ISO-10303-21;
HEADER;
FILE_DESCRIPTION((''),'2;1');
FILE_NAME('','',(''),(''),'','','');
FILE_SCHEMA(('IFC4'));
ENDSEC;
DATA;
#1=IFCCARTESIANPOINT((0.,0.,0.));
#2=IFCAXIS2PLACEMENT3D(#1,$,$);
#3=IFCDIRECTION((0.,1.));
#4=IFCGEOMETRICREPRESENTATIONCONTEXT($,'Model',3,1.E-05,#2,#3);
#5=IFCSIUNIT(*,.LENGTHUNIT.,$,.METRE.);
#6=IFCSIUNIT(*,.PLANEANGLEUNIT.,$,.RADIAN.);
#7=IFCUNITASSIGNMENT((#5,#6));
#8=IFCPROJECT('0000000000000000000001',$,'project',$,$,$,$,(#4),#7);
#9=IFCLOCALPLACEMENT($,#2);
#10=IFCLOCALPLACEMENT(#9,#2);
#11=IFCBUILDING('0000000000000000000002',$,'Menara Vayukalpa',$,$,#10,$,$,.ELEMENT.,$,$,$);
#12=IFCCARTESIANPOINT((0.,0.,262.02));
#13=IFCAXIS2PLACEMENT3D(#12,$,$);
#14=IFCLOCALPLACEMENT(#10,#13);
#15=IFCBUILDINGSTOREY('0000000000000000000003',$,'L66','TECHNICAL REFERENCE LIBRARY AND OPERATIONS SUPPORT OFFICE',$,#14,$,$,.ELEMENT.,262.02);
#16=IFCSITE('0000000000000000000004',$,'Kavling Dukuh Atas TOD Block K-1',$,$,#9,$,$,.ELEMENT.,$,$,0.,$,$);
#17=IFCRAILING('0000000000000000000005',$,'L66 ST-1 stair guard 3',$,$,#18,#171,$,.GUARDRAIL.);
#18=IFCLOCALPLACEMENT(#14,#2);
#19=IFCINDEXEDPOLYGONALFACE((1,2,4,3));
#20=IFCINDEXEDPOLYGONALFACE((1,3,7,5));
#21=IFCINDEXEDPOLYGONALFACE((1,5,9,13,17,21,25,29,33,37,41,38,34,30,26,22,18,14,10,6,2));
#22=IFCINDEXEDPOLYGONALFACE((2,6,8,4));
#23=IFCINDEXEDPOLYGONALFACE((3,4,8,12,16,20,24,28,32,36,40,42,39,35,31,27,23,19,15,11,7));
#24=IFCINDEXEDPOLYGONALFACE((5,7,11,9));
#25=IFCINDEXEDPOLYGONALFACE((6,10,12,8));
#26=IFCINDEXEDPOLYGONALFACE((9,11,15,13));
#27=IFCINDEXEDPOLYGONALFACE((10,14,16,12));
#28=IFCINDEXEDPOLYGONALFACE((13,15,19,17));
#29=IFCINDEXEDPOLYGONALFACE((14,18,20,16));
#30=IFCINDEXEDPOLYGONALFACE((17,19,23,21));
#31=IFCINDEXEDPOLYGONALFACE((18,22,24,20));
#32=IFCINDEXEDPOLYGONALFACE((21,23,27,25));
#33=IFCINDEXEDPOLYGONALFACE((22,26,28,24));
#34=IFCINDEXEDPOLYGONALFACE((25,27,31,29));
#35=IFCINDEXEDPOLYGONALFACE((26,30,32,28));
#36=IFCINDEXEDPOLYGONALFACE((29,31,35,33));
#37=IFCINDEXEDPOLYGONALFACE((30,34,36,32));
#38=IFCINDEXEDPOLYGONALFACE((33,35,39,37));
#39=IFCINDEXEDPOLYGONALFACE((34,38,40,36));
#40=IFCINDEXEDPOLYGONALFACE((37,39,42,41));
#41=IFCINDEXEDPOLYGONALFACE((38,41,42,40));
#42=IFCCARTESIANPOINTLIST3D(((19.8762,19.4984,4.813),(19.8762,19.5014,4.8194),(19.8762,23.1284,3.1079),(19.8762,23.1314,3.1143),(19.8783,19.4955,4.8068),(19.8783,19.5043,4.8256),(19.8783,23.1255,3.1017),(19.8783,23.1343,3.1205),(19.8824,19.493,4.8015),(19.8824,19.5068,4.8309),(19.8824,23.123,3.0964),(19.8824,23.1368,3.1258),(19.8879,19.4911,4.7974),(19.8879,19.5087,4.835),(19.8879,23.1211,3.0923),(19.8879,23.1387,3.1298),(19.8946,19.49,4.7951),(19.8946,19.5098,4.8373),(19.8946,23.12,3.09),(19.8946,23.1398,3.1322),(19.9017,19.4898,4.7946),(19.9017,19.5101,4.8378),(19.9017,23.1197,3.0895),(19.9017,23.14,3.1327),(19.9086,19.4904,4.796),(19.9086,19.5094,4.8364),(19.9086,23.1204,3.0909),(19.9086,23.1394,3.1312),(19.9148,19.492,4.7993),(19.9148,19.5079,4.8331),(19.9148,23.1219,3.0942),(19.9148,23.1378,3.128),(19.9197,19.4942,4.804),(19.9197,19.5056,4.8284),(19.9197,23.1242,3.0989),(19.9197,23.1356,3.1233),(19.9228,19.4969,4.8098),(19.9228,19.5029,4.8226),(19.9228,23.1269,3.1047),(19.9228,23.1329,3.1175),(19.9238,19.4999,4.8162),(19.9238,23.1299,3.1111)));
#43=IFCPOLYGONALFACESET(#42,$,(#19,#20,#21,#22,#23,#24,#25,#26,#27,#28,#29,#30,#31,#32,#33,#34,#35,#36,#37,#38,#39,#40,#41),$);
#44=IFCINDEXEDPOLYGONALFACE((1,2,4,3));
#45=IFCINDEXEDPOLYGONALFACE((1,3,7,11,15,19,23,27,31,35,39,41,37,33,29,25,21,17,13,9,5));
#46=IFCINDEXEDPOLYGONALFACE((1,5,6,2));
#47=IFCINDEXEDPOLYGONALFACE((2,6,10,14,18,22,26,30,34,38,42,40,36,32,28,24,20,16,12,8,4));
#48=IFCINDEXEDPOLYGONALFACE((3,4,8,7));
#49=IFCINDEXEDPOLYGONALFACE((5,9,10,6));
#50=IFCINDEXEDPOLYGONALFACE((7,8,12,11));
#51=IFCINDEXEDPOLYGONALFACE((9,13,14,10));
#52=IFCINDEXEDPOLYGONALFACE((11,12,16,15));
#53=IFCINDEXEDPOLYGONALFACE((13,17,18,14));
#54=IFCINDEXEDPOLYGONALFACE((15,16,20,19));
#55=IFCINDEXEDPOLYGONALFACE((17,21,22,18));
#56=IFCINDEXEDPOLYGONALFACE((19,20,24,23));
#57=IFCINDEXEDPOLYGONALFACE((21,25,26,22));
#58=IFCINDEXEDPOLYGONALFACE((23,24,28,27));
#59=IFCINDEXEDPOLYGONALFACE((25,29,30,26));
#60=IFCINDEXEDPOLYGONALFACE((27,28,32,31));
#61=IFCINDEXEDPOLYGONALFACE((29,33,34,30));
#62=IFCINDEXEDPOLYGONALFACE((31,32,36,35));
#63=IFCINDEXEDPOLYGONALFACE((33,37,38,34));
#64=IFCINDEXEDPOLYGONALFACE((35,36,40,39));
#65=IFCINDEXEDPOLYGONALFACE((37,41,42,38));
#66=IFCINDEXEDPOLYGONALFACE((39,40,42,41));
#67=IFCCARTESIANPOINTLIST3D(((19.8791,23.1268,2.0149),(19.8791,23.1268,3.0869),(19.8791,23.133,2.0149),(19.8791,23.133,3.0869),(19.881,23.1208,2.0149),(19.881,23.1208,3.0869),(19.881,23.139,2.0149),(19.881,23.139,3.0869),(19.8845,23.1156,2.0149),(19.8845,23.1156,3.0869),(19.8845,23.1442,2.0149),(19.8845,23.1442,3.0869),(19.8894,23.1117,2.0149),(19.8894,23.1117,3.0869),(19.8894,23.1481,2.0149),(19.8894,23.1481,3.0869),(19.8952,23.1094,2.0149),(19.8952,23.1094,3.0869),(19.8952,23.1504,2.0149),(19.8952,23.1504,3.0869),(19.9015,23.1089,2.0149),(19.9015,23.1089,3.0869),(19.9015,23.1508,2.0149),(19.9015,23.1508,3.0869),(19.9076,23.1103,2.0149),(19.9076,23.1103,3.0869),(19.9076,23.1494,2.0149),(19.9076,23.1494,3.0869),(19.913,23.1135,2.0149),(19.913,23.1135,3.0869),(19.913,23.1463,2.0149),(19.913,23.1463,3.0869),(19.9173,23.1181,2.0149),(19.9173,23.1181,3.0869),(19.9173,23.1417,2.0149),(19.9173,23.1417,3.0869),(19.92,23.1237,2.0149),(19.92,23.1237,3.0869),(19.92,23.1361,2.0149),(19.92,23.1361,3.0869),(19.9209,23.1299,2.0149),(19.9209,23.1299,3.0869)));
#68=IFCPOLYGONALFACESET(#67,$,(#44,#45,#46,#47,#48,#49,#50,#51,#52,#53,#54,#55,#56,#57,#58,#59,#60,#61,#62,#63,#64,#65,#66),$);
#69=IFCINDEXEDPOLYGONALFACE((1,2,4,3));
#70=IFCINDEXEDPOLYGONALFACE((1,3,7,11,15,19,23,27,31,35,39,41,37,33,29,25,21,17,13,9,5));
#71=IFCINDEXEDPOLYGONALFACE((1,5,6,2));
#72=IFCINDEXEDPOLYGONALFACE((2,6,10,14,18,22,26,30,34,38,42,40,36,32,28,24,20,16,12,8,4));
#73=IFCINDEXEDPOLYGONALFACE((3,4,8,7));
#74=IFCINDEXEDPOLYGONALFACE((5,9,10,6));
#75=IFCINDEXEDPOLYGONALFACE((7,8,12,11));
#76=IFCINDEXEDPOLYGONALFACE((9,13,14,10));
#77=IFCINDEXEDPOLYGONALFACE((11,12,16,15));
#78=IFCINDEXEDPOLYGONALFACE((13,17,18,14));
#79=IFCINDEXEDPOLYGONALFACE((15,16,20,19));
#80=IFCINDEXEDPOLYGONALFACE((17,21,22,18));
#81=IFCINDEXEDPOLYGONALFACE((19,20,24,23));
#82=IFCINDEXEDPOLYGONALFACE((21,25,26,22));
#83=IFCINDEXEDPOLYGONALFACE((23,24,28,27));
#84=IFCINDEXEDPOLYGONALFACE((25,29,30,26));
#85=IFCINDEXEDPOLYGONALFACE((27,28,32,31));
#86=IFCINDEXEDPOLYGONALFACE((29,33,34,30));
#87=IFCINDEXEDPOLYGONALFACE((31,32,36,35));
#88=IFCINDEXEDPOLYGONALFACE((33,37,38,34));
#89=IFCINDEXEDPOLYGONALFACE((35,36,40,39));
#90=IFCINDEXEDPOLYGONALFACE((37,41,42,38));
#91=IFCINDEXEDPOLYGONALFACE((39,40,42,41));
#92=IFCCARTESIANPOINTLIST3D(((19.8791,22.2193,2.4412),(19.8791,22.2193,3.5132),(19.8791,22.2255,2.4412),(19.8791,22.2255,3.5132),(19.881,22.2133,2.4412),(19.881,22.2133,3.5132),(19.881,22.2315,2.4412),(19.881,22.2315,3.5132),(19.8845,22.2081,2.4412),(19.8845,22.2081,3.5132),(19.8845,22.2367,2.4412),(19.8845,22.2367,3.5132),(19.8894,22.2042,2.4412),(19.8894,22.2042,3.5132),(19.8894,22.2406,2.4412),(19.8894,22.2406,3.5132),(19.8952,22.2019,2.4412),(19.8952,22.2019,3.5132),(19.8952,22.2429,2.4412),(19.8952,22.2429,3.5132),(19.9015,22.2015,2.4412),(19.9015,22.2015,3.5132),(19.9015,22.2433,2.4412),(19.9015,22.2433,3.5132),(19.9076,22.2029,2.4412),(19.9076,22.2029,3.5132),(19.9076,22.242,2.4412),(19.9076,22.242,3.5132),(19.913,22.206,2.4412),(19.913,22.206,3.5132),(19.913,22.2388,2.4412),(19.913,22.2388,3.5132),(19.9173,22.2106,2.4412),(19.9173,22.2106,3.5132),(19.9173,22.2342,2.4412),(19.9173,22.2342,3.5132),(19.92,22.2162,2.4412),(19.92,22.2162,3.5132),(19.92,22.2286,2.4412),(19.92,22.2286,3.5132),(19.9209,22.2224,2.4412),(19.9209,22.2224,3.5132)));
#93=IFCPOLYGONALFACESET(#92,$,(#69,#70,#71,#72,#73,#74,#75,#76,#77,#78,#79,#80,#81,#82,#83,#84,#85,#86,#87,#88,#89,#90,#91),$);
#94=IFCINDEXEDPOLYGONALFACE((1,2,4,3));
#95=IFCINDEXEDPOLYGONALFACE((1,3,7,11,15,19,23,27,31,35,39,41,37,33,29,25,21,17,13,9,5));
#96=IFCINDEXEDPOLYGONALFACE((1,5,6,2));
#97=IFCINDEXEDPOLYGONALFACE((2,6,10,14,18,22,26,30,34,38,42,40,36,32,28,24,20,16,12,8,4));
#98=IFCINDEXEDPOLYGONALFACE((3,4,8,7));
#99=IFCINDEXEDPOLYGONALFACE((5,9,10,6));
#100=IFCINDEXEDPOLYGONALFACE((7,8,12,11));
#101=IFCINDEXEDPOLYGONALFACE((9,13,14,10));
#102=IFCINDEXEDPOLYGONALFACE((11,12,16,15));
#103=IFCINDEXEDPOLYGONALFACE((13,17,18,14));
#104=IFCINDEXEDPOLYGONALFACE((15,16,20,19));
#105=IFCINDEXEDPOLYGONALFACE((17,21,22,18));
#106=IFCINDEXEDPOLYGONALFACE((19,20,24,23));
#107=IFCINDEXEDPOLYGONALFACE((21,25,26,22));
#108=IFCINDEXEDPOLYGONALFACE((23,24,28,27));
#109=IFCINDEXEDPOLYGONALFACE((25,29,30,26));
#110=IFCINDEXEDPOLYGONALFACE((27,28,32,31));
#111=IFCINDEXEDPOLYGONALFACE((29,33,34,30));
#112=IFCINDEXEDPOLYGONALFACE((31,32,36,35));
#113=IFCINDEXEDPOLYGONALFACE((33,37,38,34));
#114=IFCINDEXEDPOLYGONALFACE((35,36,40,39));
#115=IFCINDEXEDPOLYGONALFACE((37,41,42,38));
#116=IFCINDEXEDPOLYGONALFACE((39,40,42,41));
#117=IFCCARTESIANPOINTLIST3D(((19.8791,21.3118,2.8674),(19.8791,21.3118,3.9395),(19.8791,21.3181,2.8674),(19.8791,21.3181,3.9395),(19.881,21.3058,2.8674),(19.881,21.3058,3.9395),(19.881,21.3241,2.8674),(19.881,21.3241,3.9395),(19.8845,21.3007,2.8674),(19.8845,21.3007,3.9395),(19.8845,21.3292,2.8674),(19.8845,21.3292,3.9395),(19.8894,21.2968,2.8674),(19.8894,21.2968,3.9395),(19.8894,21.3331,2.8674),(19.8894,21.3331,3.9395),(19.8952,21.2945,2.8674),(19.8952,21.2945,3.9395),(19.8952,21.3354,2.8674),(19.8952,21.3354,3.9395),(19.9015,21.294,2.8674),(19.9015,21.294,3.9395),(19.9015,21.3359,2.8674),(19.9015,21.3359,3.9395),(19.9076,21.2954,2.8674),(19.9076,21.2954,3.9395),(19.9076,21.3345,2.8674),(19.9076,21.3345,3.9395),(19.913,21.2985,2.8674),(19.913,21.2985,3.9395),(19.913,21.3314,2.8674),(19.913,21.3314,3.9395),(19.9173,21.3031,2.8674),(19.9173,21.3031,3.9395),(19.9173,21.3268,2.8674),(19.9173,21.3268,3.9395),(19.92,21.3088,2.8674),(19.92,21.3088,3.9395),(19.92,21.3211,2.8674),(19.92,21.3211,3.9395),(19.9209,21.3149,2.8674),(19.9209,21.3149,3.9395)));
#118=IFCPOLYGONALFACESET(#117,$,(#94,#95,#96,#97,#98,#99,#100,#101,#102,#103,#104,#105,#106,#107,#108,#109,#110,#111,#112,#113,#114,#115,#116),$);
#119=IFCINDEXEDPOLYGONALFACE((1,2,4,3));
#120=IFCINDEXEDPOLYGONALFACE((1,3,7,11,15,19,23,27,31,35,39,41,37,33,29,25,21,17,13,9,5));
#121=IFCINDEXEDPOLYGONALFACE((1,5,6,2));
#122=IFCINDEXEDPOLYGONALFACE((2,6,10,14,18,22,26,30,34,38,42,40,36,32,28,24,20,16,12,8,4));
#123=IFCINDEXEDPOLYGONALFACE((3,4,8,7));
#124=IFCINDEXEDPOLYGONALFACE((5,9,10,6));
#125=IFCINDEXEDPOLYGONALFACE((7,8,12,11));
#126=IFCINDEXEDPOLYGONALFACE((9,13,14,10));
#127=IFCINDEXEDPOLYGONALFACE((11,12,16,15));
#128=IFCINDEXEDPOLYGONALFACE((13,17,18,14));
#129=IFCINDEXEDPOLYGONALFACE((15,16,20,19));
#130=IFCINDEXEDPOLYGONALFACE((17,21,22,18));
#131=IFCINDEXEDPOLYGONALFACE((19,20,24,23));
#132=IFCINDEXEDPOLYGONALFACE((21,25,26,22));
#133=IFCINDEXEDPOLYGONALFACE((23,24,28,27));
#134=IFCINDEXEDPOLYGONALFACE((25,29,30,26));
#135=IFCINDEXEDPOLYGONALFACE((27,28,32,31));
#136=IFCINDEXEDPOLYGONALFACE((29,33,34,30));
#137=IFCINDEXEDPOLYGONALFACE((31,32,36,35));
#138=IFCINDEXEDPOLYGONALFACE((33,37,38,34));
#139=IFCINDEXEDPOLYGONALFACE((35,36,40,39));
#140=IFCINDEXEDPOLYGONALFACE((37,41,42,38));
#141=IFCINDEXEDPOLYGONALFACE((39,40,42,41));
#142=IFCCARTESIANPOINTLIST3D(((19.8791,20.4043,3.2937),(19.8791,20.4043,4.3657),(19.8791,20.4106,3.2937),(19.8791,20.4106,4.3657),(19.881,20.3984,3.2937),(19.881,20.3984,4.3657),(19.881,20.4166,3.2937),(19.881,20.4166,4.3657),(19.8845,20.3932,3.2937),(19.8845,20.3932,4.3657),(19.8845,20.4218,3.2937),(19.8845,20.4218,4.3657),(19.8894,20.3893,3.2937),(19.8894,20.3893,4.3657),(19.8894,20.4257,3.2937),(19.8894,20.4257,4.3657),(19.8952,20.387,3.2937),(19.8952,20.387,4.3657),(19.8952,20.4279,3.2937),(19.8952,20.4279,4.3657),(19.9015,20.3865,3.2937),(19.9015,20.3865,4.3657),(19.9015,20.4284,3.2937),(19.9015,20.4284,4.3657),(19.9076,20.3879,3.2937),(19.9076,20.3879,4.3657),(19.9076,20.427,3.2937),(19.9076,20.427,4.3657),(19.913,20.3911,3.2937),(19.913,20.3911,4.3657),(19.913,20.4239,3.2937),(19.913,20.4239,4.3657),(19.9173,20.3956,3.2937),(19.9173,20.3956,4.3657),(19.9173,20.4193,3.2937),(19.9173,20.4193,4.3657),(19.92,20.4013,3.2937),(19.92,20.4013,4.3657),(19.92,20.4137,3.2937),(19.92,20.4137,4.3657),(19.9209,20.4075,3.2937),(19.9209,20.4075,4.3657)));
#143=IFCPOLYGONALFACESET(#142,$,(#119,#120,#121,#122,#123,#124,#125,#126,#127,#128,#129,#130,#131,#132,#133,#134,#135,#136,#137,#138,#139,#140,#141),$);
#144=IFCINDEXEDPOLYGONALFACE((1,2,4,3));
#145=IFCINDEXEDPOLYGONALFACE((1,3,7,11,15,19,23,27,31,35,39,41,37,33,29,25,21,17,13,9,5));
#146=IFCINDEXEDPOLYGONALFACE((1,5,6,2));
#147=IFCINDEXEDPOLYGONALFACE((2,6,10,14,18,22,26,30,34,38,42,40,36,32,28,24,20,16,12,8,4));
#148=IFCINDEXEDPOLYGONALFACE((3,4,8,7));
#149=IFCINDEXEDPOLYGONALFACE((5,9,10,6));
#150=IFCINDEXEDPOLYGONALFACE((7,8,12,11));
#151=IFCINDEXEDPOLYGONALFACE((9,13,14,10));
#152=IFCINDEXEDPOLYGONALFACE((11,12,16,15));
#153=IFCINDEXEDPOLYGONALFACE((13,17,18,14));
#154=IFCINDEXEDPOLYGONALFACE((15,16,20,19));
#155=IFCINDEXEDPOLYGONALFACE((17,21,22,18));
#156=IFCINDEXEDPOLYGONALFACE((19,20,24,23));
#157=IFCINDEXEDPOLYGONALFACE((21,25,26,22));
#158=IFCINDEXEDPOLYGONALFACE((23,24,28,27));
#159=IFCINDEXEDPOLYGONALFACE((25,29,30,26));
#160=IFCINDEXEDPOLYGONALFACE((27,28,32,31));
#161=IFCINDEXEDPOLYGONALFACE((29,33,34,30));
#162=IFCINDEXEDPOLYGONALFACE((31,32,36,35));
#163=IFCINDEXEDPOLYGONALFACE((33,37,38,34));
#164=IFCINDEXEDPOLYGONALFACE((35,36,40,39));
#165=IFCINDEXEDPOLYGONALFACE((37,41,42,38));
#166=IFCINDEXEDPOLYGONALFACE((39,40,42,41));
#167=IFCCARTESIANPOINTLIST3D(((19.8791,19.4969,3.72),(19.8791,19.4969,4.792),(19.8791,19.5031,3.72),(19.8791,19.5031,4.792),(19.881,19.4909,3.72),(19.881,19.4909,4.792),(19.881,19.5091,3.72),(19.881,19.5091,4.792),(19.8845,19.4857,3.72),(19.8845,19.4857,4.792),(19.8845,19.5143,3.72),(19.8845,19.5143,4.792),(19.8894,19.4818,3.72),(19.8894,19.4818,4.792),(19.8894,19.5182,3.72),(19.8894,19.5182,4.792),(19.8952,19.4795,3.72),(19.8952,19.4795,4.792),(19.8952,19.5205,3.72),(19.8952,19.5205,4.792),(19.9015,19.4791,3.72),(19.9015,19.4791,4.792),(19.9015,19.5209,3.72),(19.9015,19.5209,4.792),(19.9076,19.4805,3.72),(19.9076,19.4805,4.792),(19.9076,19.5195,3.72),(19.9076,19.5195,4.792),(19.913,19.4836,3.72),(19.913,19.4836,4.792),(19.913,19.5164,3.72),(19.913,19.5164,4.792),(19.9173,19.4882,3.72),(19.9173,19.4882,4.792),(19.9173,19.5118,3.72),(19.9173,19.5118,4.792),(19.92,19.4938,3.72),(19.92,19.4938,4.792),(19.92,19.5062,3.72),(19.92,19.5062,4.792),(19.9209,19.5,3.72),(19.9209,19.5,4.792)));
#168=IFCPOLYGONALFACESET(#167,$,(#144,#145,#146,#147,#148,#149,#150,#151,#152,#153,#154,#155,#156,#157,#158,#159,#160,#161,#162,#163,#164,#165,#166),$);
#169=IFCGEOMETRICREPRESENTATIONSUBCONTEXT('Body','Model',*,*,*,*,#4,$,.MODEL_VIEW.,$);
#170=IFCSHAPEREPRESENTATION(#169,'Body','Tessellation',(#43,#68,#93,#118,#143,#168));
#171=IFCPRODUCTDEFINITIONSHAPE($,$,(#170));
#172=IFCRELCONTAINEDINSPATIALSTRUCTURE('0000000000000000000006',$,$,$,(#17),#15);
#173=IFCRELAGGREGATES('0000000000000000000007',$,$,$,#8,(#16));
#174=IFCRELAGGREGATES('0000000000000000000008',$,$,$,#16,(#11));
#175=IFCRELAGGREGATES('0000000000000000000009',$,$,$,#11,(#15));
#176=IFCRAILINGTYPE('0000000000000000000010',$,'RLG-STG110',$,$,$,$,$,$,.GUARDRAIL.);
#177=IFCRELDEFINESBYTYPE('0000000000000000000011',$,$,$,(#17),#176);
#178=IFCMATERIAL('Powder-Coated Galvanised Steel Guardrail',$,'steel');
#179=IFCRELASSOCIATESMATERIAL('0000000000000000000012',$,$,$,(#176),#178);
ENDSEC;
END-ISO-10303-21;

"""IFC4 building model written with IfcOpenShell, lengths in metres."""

from ifc_helpers import new_model, si_unit, direction, frame, origin, origin_2d, place, context, subcontext, project, spatial, circle, extrude, material, type_object, element, save


model = new_model("IFC4")

# Units and contexts
model_context = context("Model", 3, precision=1e-05, world=origin(), true_north=direction((0.0, 1.0)))
body_context = subcontext(model_context, "Body", "Model", "MODEL_VIEW")
ifc_project = project(units=[si_unit("LENGTHUNIT", "METRE"), si_unit("PLANEANGLEUNIT", "RADIAN")], contexts=[model_context])

# Site, building, storey
site_placement = place(None, origin())
site = spatial("IfcSite", under=ifc_project, at=site_placement, Name="Kavling Dukuh Atas TOD Block K-1", CompositionType="ELEMENT", RefElevation=0.0)
building_placement = place(site_placement, origin())
building = spatial("IfcBuilding", under=site, at=building_placement, Name="Menara Vayukalpa", CompositionType="ELEMENT")
storey_placement = place(building_placement, frame((0.0, 0.0, 262.02)))
storey = spatial("IfcBuildingStorey", under=building, at=storey_placement, Name="L66", Description="TECHNICAL REFERENCE LIBRARY AND OPERATIONS SUPPORT OFFICE", CompositionType="ELEMENT", Elevation=262.02)

# Railing
ifc_material_1 = material(Name="Powder-Coated Galvanised Steel Guardrail", Category="steel")
railing_type_1 = type_object("IfcRailingType", Name="RLG-STG110", PredefinedType="GUARDRAIL", material=ifc_material_1)
railing_1_placement = place(storey_placement, frame((19.8999, 23.1299, 2.0149)))
element("IfcRailing", 1, at=railing_1_placement, inside=storey, type_object=railing_type_1, Name="L66 ST-1 stair guard 3", PredefinedType="GUARDRAIL", context=body_context, shape_type="SweptSolid", body=[
    extrude(circle(Radius=0.0239, at=origin_2d()), frame((0.0, 0.0, 1.0962), z_axis=(0.0, -0.905116, 0.425164), x_axis=(1.0, 0.0, 0.0)), (0.0, 0.0, 1.0), 4.0105),
    extrude(circle(Radius=0.021, at=origin_2d()), origin(), (0.0, 0.0, 1.0), 1.072),
    extrude(circle(Radius=0.021, at=origin_2d()), frame((0.0, -0.9075, 0.4263)), (0.0, 0.0, 1.0), 1.072),
    extrude(circle(Radius=0.021, at=origin_2d()), frame((0.0, -1.8149, 0.8525)), (0.0, 0.0, 1.0), 1.072),
    extrude(circle(Radius=0.021, at=origin_2d()), frame((0.0, -2.7224, 1.2788)), (0.0, 0.0, 1.0), 1.072),
    extrude(circle(Radius=0.021, at=origin_2d()), frame((0.0, -3.6299, 1.7051)), (0.0, 0.0, 1.0), 1.072),
])

save(model, "model.ifc")
